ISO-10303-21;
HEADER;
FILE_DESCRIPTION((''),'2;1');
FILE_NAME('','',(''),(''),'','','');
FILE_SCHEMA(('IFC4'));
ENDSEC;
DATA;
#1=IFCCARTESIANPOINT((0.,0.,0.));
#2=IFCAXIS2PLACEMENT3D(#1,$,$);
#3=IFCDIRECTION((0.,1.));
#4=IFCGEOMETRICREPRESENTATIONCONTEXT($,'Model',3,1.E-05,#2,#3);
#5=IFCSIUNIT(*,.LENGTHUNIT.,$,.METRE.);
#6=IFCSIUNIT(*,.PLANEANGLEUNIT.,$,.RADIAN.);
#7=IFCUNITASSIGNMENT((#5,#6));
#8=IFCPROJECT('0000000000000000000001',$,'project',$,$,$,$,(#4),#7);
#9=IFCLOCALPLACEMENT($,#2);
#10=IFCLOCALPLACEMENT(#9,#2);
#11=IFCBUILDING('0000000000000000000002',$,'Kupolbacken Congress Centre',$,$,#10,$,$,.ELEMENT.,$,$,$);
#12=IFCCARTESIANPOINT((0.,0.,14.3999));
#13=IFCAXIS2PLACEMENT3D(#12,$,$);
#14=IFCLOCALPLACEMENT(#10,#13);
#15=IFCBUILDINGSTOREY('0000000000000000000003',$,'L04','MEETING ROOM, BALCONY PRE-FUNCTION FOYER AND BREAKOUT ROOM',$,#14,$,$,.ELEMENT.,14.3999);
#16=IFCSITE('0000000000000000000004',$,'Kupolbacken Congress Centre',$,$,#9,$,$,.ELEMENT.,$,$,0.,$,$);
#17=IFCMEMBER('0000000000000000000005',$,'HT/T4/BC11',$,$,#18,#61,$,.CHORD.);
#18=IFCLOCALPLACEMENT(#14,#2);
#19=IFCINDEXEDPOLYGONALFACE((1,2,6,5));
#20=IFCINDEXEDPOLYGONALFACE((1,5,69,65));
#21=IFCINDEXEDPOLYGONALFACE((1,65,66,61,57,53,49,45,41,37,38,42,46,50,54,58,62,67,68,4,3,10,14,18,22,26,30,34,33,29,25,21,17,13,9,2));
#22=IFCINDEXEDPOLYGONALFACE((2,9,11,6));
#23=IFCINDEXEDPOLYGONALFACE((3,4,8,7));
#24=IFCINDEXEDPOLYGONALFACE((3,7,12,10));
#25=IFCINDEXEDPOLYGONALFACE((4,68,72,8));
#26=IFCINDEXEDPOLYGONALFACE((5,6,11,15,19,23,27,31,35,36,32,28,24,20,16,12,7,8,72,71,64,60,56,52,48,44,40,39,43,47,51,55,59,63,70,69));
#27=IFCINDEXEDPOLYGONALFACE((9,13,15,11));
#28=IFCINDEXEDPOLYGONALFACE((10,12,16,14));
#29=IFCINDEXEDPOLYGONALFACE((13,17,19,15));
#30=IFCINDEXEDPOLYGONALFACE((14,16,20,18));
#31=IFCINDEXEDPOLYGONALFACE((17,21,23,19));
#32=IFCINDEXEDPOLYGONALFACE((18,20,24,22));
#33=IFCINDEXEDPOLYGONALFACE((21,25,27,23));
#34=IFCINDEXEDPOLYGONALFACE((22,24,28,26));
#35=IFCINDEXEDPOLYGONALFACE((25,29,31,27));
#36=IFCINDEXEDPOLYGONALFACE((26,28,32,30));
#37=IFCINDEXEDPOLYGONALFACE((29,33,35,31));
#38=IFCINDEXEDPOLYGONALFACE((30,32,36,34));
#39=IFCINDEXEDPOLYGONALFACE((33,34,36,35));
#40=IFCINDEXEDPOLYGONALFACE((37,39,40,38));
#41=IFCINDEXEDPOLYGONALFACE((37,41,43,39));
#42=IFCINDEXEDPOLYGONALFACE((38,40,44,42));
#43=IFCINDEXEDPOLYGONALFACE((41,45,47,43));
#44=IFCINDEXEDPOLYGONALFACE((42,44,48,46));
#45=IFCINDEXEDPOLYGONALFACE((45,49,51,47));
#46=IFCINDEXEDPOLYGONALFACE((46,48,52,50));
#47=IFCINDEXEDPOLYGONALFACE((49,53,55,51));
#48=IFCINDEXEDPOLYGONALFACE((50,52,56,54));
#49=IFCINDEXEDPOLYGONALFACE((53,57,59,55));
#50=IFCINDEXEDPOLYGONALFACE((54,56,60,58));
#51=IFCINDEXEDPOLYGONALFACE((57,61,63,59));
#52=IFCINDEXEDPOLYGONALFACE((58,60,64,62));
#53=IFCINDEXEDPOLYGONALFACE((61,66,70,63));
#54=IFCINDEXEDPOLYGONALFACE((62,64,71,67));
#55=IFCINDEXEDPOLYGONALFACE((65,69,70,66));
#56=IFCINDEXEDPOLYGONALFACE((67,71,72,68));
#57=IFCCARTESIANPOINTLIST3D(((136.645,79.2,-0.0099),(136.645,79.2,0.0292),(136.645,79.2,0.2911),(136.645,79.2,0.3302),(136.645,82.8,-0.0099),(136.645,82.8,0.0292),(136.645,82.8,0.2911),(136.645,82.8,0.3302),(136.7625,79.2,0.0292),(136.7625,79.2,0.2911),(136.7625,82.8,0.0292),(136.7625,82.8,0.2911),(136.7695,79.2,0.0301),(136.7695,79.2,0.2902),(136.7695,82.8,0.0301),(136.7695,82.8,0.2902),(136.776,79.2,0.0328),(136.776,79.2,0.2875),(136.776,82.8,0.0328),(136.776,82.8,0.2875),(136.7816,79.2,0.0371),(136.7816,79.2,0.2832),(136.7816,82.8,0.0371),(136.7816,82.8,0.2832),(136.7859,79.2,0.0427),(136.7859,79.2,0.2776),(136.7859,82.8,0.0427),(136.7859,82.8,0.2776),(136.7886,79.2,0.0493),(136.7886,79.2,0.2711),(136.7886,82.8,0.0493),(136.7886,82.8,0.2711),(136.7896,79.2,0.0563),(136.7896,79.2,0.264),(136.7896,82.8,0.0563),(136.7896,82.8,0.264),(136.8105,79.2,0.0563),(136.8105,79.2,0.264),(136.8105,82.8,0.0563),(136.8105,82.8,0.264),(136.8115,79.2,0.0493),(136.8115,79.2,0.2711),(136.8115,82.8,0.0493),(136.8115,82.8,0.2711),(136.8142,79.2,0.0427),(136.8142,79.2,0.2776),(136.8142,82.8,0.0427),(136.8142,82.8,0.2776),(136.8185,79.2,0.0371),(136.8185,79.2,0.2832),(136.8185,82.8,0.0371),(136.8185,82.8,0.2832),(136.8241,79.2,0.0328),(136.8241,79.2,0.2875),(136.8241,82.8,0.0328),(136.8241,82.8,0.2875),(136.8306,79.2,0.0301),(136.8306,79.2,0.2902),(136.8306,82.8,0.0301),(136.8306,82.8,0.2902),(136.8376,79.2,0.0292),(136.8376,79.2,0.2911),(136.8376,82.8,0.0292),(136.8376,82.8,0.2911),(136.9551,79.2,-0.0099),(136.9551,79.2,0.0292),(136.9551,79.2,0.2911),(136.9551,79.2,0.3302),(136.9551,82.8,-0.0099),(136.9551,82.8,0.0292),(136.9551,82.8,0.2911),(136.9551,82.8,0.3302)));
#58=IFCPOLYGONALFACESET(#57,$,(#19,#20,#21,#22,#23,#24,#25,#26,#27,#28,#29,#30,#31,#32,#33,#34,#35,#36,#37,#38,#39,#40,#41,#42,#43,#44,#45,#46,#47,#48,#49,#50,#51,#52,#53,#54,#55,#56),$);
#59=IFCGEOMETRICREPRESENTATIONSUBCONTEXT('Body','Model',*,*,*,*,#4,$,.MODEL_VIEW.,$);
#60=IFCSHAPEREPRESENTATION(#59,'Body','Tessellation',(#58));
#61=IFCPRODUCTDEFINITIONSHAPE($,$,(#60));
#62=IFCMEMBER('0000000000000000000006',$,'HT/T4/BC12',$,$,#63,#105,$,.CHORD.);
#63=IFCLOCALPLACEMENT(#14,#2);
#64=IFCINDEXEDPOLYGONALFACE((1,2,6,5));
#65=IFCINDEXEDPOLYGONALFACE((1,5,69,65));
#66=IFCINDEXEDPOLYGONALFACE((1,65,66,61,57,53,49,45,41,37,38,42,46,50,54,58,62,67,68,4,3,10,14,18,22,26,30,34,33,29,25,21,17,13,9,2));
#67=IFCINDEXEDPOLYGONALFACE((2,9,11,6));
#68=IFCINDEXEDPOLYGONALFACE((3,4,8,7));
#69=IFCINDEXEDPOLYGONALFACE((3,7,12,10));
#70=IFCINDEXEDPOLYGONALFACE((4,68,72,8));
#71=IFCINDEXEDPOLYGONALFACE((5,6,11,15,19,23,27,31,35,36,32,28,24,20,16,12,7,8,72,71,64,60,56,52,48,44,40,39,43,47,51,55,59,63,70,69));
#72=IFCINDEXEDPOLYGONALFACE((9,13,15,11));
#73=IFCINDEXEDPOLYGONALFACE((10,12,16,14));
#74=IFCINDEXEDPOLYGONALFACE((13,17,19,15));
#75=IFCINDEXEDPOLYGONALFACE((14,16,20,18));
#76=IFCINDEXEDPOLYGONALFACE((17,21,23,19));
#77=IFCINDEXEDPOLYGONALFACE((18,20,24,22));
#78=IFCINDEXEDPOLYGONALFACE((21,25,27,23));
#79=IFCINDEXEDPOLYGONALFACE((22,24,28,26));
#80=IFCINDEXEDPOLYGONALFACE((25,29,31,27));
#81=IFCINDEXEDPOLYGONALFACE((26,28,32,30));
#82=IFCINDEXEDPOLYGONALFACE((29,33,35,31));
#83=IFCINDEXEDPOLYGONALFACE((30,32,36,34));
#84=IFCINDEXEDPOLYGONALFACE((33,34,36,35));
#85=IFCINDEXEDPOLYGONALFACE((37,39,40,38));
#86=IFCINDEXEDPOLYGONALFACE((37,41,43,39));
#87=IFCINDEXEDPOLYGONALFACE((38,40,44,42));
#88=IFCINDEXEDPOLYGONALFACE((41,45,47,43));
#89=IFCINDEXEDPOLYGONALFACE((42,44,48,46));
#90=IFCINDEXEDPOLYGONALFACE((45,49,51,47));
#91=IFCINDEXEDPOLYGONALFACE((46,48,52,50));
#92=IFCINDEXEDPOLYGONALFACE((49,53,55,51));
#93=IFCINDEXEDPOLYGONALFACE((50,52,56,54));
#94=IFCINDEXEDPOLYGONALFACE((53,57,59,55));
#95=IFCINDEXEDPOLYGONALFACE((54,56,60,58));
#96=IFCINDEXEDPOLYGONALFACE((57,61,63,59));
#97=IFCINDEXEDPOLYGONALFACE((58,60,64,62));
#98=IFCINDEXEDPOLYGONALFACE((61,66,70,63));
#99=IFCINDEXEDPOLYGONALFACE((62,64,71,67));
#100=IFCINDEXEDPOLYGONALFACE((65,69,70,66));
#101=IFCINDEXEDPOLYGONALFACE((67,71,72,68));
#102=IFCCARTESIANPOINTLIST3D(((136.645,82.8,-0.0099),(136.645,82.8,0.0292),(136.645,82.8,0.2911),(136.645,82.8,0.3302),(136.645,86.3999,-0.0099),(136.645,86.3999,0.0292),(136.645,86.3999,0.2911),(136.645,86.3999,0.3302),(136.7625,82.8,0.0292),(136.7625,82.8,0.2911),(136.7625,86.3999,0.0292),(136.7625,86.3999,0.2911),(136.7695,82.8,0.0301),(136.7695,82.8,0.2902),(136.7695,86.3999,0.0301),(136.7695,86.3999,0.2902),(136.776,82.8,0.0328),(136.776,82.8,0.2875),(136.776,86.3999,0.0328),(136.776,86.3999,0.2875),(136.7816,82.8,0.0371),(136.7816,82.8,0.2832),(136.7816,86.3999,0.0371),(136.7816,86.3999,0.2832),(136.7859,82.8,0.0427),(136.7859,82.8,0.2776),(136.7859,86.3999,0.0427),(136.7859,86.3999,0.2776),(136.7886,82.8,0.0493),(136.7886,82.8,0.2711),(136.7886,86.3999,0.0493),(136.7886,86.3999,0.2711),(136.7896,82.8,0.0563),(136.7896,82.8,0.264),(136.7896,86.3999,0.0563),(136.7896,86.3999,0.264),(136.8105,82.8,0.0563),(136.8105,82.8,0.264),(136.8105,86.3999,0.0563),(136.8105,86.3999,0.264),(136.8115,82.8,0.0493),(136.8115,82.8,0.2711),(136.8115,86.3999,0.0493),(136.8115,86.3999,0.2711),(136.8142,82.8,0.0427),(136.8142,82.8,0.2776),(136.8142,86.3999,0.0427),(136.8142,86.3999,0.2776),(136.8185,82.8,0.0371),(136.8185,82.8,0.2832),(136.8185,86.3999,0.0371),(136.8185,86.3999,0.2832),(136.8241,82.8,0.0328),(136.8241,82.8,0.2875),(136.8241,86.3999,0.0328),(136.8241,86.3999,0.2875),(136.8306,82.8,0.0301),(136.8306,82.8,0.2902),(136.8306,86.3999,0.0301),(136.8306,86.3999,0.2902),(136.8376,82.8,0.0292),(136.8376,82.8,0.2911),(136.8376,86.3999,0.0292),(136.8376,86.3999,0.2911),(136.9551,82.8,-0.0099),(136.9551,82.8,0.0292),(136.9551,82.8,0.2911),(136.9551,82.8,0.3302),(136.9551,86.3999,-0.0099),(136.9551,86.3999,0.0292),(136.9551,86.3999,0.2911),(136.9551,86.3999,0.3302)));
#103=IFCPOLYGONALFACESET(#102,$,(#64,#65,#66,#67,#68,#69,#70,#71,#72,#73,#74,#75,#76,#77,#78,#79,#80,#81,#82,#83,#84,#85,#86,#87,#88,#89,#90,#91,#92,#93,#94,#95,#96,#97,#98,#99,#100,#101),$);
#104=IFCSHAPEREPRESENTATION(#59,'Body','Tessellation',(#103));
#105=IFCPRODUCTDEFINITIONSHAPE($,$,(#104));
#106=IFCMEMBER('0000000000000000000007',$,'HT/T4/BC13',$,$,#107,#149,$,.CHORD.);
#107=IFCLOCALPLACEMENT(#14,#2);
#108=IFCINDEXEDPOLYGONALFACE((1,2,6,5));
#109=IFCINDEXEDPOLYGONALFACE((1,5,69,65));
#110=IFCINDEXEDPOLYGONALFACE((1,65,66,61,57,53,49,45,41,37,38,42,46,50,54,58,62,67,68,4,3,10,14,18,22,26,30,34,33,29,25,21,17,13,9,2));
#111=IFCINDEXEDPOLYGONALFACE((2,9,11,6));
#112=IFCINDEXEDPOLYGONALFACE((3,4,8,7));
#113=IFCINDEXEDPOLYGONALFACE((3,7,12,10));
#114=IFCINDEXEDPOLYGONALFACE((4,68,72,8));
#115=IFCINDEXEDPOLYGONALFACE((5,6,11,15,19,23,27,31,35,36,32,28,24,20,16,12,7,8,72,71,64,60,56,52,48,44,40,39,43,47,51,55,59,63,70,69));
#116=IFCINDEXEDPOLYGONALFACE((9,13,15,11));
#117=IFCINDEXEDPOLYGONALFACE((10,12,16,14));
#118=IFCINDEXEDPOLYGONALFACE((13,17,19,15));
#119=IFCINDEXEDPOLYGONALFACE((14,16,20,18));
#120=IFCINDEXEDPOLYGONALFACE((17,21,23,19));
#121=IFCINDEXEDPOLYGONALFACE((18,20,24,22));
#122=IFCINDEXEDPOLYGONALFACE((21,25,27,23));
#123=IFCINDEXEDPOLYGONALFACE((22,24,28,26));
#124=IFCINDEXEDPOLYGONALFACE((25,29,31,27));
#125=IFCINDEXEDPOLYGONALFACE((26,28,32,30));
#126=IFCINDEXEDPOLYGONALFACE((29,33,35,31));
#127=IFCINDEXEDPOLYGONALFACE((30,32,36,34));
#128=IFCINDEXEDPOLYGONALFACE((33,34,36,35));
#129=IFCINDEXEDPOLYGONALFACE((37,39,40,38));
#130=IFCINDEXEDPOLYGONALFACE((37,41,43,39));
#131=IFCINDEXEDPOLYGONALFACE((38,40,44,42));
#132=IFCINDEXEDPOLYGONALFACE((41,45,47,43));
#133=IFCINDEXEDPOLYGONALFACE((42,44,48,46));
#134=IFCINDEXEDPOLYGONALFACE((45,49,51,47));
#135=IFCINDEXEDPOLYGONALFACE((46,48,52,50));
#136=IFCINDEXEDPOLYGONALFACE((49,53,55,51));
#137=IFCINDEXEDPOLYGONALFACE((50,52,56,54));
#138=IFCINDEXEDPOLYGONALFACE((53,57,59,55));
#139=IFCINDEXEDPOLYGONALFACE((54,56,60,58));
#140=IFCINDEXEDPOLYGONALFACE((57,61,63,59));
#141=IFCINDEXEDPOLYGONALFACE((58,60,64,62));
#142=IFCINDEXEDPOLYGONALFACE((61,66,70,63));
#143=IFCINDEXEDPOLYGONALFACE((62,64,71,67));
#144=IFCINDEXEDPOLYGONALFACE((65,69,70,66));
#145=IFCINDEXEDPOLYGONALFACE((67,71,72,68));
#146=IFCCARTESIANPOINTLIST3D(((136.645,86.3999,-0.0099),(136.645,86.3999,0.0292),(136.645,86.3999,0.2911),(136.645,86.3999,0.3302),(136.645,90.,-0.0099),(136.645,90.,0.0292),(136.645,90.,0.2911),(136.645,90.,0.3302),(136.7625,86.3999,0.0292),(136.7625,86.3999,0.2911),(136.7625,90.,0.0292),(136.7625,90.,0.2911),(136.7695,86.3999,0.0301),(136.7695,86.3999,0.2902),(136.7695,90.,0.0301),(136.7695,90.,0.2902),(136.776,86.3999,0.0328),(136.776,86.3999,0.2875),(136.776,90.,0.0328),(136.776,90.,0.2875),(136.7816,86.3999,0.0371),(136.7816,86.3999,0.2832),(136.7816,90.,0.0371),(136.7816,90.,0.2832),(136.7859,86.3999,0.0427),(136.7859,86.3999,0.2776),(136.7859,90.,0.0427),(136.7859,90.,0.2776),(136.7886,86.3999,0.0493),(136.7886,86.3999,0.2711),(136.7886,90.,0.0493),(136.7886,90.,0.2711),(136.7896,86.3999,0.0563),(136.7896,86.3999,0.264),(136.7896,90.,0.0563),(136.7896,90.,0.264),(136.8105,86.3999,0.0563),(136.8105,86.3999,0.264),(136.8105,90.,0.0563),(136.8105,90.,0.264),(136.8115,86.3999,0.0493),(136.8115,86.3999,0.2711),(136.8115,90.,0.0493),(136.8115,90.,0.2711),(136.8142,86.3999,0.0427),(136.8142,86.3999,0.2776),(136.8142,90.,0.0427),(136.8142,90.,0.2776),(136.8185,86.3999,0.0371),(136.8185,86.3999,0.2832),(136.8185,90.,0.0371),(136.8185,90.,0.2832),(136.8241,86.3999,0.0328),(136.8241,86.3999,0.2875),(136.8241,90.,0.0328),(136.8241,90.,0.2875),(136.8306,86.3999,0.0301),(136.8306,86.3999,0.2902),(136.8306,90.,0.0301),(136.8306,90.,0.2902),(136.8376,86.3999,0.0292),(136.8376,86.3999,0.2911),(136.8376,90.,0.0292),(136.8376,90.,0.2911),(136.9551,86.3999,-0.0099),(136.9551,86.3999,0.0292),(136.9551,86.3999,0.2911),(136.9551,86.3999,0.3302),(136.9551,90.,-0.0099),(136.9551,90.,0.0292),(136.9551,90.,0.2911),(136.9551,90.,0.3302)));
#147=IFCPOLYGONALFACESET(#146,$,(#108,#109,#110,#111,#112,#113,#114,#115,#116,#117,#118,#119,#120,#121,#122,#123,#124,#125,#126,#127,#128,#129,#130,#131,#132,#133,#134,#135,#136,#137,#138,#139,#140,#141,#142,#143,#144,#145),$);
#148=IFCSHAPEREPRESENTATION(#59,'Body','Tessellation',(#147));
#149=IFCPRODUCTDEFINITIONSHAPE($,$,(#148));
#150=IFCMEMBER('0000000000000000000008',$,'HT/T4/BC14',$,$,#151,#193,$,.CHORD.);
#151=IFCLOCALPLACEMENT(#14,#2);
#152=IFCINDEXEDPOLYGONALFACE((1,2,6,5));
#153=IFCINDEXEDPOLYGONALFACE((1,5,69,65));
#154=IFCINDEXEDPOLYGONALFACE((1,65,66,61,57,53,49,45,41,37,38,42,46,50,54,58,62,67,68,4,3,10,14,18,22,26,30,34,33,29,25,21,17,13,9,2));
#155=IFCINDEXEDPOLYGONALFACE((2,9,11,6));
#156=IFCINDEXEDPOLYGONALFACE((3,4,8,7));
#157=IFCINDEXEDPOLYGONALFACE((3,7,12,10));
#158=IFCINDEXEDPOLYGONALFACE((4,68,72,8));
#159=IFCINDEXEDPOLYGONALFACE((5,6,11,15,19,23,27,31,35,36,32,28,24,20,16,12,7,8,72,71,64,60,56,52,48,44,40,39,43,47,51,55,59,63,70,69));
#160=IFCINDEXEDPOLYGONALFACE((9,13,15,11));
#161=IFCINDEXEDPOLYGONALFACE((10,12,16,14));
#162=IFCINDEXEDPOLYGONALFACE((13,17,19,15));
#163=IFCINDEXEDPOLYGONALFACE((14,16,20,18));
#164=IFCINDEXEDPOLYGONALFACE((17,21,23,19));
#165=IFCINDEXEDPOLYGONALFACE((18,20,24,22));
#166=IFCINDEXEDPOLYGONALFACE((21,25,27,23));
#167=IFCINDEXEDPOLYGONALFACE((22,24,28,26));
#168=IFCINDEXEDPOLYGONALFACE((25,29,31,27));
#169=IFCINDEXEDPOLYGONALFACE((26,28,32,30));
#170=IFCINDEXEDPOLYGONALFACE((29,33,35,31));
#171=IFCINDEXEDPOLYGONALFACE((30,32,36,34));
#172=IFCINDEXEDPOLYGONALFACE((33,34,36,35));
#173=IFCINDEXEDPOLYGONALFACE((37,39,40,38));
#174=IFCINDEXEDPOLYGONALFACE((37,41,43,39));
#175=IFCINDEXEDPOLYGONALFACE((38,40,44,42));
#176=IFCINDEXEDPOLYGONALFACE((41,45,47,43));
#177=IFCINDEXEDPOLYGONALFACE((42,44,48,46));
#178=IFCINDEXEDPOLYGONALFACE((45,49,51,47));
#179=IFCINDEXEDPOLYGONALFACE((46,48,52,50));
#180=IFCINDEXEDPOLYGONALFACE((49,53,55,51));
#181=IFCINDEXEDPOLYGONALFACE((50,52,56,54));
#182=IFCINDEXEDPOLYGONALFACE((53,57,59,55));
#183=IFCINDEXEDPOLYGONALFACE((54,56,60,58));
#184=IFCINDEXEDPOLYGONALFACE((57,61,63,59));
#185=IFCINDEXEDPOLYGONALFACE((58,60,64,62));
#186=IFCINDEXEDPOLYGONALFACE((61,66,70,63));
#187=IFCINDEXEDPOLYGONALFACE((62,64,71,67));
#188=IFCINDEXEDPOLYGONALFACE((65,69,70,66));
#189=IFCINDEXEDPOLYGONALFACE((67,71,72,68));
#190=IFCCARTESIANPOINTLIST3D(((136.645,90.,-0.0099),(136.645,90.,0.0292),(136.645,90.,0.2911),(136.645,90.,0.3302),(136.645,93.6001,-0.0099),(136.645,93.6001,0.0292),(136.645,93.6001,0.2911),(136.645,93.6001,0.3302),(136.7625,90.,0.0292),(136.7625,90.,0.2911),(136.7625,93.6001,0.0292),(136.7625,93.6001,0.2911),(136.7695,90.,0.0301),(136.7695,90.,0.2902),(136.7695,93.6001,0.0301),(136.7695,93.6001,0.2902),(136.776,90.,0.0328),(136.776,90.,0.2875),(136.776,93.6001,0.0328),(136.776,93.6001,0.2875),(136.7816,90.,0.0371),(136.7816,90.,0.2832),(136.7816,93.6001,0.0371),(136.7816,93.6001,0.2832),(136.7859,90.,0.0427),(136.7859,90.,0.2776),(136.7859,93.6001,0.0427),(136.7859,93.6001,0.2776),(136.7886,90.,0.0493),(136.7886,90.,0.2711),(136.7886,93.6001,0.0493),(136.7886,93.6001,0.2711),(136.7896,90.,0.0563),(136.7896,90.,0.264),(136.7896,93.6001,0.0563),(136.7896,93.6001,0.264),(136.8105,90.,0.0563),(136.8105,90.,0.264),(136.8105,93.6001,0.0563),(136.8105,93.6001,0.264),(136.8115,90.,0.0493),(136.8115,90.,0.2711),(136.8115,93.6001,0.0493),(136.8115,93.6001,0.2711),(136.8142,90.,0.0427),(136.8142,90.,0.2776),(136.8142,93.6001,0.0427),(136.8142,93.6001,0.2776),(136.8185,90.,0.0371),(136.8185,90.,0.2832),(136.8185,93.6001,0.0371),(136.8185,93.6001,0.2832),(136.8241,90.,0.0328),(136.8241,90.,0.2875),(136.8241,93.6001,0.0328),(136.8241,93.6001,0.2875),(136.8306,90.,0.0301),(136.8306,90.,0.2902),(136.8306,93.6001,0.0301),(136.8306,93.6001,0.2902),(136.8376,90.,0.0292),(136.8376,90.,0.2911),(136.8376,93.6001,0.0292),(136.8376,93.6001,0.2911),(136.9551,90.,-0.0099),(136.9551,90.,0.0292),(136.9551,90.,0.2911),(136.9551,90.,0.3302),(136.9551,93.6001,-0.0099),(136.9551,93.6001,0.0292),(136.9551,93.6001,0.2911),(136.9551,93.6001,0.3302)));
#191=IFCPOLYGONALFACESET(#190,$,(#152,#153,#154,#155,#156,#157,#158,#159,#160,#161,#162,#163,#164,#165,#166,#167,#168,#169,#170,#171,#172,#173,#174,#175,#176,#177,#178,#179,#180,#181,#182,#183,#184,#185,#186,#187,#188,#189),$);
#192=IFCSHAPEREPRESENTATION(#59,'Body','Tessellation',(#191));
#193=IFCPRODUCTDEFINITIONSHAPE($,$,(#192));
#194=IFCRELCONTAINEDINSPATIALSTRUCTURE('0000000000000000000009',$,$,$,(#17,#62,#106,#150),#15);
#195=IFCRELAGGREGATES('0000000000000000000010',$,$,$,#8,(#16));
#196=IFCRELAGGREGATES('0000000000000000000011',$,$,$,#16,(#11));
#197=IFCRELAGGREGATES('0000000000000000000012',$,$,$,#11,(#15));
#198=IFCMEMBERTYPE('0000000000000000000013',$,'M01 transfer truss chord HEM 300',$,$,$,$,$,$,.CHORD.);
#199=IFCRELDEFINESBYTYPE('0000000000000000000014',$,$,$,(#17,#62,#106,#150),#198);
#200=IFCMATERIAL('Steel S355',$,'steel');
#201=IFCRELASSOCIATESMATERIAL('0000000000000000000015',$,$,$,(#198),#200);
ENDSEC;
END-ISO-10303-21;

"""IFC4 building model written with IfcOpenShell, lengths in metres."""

from ifc_helpers import new_model, si_unit, direction, frame, origin, origin_2d, place, context, subcontext, project, spatial, i_section, extrude, material, material_profile, profile_set, type_object, element, save


model = new_model("IFC4")

# Units and contexts
model_context = context("Model", 3, precision=1e-05, world=origin(), true_north=direction((0.0, 1.0)))
body_context = subcontext(model_context, "Body", "Model", "MODEL_VIEW")
ifc_project = project(units=[si_unit("LENGTHUNIT", "METRE"), si_unit("PLANEANGLEUNIT", "RADIAN")], contexts=[model_context])

# Site, building, storey
site_placement = place(None, origin())
site = spatial("IfcSite", under=ifc_project, at=site_placement, Name="Kupolbacken Congress Centre", CompositionType="ELEMENT", RefElevation=0.0)
building_placement = place(site_placement, origin())
building = spatial("IfcBuilding", under=site, at=building_placement, Name="Kupolbacken Congress Centre", CompositionType="ELEMENT")
storey_placement = place(building_placement, frame((0.0, 0.0, 14.3999)))
storey = spatial("IfcBuildingStorey", under=building, at=storey_placement, Name="L04", Description="MEETING ROOM, BALCONY PRE-FUNCTION FOYER AND BREAKOUT ROOM", CompositionType="ELEMENT", Elevation=14.3999)

# Members
ifc_material_1 = material(Name="Steel S355", Category="steel")
ifc_material_profile_1 = material_profile(ifc_material_1, i_section(OverallWidth=0.3101, OverallDepth=0.3401, WebThickness=0.021, FlangeThickness=0.0391, FilletRadius=0.0271, at=origin_2d()), Name="HEM 300")
ifc_profile_set_1 = profile_set([ifc_material_profile_1], Name="Steel S355")
member_type_1 = type_object("IfcMemberType", Name="M01 transfer truss chord HEM 300", PredefinedType="CHORD", material=ifc_profile_set_1)
member_1_placement = place(storey_placement, frame((136.8, 79.2, 0.1602), z_axis=(0.0, 1.0, 0.0), x_axis=(-1.0, 0.0, 0.0)))
element("IfcMember", 1, at=member_1_placement, inside=storey, type_object=member_type_1, Name="HT/T4/BC11", PredefinedType="CHORD", context=body_context, shape_type="SweptSolid", body=[
    extrude(i_section(OverallWidth=0.3101, OverallDepth=0.3401, WebThickness=0.021, FlangeThickness=0.0391, FilletRadius=0.0271, at=origin_2d()), origin(), (0.0, 0.0, 1.0), 3.6001),
])
member_2_placement = place(storey_placement, frame((136.8, 82.8, 0.1602), z_axis=(0.0, 1.0, 0.0), x_axis=(-1.0, 0.0, 0.0)))
element("IfcMember", 2, at=member_2_placement, inside=storey, type_object=member_type_1, Name="HT/T4/BC12", PredefinedType="CHORD", context=body_context, shape_type="SweptSolid", body=[
    extrude(i_section(OverallWidth=0.3101, OverallDepth=0.3401, WebThickness=0.021, FlangeThickness=0.0391, FilletRadius=0.0271, at=origin_2d()), origin(), (0.0, 0.0, 1.0), 3.5999),
])
for number, where, z_axis, x_axis, name in (
    (3, (136.8, 86.3999, 0.1602), (0.0, 1.0, 0.0), (-1.0, 0.0, 0.0), "HT/T4/BC13"),
    (4, (136.8, 90.0, 0.1602), (0.0, 1.0, 0.0), (-1.0, 0.0, 0.0), "HT/T4/BC14"),
):
    element("IfcMember", number, at=place(storey_placement, frame(where, z_axis=z_axis, x_axis=x_axis)), inside=storey, type_object=member_type_1, Name=name, PredefinedType="CHORD", context=body_context, shape_type="SweptSolid", body=[
        extrude(i_section(OverallWidth=0.3101, OverallDepth=0.3401, WebThickness=0.021, FlangeThickness=0.0391, FilletRadius=0.0271, at=origin_2d()), origin(), (0.0, 0.0, 1.0), 3.6001),
    ])

save(model, "model.ifc")
